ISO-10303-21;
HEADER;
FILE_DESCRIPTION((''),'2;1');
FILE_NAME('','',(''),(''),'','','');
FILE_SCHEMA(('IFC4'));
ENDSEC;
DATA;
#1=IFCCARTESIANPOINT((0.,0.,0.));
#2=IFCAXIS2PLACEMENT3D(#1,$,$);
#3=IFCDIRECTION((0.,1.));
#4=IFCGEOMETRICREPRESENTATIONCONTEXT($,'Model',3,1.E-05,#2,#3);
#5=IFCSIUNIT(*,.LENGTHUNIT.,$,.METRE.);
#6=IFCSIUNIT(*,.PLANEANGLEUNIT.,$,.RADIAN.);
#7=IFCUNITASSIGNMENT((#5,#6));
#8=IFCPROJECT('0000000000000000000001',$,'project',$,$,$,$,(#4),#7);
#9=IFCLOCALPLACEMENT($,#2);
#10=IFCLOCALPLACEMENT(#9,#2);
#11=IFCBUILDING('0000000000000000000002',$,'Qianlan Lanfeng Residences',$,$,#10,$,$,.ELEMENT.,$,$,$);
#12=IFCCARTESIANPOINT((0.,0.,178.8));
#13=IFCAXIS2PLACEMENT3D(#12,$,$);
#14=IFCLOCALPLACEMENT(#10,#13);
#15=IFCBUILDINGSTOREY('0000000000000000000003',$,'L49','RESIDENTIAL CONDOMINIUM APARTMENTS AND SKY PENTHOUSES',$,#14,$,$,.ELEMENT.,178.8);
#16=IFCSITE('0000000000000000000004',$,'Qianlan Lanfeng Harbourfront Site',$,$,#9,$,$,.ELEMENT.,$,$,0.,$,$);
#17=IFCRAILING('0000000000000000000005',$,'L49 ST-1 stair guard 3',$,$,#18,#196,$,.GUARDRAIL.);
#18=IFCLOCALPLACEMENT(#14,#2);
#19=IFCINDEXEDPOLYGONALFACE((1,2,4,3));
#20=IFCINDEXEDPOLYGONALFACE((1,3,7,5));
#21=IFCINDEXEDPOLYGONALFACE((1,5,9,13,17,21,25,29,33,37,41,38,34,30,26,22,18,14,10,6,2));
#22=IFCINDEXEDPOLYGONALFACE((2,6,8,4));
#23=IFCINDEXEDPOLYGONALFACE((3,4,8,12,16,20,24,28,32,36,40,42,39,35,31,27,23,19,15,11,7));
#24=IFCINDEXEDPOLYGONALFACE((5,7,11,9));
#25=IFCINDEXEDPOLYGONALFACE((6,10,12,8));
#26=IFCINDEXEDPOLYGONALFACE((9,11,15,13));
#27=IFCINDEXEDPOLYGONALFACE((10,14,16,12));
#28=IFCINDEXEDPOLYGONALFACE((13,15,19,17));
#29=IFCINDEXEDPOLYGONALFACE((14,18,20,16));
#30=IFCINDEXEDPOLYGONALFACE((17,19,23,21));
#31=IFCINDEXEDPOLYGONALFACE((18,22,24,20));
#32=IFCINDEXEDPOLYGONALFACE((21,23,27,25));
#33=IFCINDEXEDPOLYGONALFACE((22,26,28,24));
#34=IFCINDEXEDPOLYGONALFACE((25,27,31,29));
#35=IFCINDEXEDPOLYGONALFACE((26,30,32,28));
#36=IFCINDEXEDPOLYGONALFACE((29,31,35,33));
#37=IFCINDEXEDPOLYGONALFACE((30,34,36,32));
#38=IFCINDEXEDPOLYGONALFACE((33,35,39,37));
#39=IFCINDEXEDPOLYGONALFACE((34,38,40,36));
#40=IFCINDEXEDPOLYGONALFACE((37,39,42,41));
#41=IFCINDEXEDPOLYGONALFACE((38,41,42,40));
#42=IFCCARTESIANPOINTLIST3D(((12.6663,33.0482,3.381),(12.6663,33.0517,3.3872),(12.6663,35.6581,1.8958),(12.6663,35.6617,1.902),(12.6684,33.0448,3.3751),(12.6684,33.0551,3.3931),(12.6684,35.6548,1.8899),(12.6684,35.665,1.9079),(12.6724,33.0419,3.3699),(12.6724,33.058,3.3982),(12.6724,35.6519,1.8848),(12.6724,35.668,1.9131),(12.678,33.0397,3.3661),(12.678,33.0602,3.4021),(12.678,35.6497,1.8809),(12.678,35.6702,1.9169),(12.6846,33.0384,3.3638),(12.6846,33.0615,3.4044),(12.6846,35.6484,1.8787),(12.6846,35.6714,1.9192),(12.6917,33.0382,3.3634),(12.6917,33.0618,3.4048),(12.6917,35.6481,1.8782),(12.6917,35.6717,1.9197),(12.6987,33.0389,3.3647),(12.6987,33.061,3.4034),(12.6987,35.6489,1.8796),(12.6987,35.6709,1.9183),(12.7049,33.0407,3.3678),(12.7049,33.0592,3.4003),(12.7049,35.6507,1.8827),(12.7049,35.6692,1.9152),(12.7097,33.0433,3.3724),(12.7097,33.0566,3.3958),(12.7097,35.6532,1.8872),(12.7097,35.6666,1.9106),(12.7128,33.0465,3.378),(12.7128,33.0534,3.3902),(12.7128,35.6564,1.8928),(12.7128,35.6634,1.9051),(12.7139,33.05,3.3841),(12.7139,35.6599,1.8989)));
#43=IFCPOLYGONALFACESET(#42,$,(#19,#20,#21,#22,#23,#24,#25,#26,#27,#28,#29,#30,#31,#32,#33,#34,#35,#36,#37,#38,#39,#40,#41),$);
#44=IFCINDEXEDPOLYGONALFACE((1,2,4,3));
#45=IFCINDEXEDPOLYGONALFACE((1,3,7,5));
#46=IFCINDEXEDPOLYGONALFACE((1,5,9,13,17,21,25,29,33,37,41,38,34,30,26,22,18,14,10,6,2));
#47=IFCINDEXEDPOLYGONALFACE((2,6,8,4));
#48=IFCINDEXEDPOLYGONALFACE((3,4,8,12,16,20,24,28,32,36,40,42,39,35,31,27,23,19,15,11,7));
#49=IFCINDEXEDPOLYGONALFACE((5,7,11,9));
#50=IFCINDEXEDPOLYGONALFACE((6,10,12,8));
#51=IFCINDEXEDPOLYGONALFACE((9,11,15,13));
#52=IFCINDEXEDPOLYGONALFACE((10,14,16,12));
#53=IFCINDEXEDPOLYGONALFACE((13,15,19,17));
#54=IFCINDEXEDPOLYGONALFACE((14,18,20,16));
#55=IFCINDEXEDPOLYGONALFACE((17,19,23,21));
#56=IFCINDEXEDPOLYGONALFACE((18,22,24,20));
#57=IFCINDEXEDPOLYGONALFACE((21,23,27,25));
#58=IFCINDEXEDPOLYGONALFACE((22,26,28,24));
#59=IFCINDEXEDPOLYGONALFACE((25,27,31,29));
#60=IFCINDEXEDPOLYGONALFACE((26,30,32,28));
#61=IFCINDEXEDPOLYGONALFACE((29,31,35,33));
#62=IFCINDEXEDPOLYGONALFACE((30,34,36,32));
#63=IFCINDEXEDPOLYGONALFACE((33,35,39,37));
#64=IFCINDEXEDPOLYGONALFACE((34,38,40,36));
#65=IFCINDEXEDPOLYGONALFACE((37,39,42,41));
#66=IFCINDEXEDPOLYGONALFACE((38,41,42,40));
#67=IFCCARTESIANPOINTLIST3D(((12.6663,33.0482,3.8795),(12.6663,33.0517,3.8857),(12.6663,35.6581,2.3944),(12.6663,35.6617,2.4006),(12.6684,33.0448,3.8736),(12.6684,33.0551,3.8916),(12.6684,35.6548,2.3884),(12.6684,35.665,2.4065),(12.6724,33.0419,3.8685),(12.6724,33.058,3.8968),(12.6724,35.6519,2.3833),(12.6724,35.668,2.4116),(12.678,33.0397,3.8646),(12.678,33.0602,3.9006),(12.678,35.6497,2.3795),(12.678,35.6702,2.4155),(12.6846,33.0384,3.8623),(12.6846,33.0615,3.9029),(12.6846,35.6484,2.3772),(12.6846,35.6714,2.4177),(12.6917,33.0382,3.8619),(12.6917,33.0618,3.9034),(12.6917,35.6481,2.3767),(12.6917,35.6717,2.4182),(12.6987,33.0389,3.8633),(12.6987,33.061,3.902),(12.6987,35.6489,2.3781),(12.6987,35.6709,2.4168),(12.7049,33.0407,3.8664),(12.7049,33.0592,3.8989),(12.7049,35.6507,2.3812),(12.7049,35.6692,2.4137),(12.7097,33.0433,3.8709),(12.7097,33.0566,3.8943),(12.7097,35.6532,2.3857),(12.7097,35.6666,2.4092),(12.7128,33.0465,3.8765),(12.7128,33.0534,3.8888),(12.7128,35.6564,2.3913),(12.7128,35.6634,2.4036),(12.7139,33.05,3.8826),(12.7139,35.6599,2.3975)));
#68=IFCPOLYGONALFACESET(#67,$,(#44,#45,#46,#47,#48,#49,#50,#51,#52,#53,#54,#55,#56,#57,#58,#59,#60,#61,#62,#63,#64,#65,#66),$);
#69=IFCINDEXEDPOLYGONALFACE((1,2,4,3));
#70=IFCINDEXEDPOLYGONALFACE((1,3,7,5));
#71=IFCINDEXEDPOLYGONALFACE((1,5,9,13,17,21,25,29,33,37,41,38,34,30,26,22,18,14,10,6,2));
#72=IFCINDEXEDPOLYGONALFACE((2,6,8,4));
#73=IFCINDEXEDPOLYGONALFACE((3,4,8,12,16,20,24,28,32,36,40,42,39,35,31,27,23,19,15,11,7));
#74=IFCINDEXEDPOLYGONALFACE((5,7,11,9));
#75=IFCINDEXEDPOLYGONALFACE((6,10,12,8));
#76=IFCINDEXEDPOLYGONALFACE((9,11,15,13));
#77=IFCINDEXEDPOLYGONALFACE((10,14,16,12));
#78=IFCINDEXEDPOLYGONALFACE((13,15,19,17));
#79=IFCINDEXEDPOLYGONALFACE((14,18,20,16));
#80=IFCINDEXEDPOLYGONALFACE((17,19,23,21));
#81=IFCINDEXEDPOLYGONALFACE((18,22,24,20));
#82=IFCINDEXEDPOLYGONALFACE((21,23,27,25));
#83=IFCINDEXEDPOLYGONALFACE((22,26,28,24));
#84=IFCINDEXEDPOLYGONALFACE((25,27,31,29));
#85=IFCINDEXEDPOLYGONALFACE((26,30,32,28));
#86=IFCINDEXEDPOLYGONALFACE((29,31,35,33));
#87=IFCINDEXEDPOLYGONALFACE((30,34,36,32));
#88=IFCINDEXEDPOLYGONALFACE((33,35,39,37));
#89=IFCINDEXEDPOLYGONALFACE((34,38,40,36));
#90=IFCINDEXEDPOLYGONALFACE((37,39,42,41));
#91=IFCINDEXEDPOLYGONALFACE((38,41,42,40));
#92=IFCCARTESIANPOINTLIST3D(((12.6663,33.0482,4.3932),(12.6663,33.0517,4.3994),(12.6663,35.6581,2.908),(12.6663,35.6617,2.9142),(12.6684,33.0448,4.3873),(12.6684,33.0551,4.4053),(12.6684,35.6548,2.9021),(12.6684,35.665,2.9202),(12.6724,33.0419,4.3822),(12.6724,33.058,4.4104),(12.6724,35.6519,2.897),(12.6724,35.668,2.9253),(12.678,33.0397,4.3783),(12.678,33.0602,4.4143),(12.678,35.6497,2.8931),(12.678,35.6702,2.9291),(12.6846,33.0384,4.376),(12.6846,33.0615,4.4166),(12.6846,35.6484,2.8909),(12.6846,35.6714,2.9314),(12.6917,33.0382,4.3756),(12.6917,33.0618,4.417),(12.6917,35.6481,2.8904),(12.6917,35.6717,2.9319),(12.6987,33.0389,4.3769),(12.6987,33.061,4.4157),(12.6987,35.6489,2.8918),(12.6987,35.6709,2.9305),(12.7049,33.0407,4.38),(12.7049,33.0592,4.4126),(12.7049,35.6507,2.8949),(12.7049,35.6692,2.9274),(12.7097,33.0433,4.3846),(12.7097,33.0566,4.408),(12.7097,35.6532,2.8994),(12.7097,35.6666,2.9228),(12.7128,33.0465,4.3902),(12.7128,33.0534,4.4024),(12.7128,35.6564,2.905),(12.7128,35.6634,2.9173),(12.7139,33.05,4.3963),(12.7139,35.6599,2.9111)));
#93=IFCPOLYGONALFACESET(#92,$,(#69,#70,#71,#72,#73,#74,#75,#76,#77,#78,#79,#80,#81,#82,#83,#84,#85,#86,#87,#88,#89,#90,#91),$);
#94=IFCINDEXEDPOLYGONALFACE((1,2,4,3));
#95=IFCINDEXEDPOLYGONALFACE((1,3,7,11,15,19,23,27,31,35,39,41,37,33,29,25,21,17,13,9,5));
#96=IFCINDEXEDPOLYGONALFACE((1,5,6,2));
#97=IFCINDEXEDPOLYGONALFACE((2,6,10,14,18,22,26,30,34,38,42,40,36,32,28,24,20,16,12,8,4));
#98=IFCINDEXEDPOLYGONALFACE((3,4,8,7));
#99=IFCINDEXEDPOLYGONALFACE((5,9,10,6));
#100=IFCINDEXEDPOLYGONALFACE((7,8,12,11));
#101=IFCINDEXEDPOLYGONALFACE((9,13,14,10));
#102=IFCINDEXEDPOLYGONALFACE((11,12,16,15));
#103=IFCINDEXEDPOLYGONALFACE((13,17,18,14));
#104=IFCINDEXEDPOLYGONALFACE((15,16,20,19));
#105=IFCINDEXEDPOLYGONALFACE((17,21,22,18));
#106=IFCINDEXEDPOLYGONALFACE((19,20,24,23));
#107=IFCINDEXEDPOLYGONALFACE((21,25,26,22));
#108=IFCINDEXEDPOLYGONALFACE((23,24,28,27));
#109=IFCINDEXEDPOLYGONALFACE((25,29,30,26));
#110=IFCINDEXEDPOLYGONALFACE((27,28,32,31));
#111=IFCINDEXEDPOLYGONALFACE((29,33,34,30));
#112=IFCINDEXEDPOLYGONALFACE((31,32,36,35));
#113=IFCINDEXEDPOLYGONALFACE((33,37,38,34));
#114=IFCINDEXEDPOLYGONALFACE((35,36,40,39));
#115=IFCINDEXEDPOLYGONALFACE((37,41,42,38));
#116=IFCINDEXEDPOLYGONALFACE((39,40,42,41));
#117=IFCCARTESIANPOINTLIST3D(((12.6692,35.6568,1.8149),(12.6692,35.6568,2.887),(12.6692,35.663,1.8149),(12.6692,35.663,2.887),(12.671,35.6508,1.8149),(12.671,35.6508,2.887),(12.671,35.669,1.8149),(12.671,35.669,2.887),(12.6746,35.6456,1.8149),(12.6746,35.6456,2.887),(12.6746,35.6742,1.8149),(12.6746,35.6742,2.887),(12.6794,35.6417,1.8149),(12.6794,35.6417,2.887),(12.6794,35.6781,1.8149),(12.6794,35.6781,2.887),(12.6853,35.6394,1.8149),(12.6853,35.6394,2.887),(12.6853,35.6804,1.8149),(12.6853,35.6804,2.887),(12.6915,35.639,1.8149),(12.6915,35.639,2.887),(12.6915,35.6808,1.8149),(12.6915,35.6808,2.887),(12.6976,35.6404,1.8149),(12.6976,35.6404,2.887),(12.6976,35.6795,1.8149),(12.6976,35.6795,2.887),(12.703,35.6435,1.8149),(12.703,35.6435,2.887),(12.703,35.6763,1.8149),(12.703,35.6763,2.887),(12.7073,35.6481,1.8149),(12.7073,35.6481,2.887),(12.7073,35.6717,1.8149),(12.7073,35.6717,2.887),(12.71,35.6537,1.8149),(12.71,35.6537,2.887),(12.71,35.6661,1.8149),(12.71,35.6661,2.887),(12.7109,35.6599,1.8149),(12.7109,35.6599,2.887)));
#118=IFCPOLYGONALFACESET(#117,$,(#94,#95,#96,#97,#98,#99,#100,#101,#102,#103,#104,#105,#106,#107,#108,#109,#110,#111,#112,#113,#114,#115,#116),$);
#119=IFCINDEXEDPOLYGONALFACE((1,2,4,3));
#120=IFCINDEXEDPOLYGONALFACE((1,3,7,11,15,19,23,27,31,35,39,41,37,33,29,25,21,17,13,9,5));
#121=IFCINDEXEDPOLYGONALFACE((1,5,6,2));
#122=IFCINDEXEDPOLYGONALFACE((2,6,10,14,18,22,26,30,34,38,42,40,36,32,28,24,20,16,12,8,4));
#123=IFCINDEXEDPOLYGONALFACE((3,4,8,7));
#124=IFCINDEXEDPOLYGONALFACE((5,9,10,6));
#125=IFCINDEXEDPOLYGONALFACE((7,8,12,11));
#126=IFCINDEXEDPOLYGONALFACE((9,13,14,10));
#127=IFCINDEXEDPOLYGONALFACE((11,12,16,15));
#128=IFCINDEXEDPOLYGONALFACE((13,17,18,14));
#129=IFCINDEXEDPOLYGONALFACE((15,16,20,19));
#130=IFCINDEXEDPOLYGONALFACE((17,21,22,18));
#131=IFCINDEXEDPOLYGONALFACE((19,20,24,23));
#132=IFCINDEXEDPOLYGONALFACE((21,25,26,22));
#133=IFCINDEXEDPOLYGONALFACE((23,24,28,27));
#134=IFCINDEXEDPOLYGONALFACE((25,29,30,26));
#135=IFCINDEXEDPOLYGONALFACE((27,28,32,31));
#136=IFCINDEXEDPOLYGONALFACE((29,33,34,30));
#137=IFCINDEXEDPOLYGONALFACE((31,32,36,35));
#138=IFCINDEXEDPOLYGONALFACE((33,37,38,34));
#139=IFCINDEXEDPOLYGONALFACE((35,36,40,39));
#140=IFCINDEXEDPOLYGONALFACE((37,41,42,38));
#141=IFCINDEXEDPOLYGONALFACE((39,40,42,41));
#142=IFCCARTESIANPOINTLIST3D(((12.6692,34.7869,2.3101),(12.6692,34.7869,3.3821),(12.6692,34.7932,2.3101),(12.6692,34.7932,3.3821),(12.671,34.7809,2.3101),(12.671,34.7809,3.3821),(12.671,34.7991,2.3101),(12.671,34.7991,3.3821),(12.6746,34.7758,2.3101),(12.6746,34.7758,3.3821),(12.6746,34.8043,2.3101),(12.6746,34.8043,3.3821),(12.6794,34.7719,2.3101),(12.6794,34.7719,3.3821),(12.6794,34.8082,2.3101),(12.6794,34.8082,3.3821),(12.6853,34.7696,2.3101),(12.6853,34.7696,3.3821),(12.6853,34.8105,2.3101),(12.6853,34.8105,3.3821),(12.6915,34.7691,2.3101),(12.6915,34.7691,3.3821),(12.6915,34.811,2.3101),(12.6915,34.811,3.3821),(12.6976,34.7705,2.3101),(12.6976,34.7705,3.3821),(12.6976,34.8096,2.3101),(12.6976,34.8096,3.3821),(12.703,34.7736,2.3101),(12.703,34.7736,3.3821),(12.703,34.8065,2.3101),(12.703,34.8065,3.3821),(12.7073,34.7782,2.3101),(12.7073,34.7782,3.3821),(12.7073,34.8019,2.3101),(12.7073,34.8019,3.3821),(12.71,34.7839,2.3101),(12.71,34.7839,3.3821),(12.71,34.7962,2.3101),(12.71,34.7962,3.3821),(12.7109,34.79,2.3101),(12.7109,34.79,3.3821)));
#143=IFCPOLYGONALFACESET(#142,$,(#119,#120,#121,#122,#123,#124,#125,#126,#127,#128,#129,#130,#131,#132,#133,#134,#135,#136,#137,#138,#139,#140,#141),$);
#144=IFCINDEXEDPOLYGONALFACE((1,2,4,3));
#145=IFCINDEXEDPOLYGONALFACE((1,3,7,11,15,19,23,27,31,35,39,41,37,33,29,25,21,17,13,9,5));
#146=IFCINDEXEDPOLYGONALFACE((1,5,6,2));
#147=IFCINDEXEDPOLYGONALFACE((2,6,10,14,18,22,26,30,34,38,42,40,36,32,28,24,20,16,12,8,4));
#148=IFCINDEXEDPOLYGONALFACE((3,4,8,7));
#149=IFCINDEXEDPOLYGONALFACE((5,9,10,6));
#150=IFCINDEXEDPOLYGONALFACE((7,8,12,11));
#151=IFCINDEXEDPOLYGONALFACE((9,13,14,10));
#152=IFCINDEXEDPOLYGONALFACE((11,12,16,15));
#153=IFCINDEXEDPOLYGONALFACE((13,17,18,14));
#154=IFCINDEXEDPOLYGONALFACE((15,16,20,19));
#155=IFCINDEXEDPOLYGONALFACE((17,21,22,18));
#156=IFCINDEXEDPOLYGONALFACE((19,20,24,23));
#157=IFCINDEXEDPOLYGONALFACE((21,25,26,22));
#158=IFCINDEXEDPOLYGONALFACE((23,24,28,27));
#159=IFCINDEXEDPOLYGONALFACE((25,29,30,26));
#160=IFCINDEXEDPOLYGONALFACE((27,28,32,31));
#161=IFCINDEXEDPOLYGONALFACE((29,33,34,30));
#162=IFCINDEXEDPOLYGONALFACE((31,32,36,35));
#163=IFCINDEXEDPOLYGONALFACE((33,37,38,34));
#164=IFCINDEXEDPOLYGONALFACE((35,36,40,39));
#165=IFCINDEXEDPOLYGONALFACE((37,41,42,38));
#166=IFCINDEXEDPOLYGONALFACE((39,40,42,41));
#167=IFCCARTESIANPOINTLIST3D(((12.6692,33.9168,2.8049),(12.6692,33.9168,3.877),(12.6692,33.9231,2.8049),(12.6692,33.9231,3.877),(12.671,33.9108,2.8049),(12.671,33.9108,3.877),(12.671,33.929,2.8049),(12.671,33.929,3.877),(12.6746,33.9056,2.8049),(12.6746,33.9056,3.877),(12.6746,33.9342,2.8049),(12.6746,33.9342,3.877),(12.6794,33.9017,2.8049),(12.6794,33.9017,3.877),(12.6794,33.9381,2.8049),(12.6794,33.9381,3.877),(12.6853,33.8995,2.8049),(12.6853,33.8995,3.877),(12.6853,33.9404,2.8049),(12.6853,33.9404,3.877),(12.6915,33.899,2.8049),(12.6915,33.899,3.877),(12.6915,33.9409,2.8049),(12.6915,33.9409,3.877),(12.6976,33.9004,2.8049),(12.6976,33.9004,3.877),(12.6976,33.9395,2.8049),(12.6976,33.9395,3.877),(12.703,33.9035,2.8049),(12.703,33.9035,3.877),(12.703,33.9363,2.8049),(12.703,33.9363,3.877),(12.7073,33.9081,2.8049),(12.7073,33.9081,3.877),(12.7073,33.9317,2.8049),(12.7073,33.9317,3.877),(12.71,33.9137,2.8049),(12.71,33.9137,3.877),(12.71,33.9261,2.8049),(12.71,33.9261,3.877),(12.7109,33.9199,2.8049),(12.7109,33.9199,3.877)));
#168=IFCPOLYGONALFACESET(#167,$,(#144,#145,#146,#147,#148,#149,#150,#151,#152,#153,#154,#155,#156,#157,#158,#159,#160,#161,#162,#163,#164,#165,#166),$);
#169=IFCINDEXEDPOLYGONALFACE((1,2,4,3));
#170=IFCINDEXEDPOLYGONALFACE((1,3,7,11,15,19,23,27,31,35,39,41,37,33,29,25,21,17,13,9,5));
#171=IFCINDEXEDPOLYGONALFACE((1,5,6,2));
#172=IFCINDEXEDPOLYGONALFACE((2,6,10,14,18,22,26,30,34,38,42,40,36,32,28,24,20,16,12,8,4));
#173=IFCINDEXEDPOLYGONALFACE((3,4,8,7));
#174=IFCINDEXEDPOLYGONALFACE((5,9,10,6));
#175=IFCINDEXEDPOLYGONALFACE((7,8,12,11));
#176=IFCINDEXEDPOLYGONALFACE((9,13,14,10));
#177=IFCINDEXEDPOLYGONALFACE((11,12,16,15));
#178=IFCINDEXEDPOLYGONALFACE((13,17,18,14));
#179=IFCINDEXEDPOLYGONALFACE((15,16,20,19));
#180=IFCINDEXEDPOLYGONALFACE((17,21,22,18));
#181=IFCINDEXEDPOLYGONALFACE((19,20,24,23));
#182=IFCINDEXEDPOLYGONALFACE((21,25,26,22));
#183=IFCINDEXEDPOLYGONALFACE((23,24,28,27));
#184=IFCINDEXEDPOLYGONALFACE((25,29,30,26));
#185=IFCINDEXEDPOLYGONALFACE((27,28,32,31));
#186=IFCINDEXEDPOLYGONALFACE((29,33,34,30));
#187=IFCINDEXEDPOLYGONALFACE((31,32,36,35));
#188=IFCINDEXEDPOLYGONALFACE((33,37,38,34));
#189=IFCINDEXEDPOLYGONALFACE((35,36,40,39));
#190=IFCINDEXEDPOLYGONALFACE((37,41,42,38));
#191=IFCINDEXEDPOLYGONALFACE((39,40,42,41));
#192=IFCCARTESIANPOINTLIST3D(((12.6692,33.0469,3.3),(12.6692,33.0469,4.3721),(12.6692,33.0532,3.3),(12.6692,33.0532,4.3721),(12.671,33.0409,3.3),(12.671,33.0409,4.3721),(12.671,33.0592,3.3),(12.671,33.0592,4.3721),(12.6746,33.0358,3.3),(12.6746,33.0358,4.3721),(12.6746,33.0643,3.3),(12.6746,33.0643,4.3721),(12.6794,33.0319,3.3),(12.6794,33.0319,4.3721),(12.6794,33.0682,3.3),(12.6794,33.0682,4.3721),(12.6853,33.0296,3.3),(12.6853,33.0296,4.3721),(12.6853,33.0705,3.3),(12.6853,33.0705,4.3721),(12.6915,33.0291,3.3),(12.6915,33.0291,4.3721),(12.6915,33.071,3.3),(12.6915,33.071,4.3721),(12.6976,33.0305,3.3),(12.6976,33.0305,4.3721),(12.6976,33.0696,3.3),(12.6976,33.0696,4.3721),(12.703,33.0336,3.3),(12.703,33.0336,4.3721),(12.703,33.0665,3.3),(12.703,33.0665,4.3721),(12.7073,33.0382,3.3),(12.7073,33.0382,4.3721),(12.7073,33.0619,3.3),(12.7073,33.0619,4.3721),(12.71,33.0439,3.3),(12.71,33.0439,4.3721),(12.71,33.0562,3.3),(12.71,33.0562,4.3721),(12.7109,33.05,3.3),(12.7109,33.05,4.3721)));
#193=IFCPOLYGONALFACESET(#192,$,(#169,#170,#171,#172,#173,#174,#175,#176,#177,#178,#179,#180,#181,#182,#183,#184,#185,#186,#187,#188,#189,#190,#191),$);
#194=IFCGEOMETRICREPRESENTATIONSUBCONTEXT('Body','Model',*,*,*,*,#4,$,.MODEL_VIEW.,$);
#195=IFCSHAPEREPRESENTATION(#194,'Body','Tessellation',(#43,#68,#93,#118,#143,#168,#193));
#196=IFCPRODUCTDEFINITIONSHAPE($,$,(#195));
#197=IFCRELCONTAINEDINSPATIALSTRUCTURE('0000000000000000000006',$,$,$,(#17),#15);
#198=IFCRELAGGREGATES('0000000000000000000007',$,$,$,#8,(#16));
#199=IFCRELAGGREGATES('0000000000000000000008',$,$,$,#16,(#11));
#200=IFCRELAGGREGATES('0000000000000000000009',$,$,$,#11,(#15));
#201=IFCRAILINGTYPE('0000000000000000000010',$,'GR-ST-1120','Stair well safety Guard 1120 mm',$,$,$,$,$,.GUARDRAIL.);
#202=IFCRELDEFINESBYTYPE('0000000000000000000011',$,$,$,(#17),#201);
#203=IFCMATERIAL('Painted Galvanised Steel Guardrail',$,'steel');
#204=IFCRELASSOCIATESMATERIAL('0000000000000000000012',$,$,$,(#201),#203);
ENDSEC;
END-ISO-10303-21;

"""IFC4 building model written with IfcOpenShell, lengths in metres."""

from ifc_helpers import new_model, si_unit, direction, frame, origin, origin_2d, place, context, subcontext, project, spatial, circle, extrude, material, type_object, element, save


model = new_model("IFC4")

# Units and contexts
model_context = context("Model", 3, precision=1e-05, world=origin(), true_north=direction((0.0, 1.0)))
body_context = subcontext(model_context, "Body", "Model", "MODEL_VIEW")
ifc_project = project(units=[si_unit("LENGTHUNIT", "METRE"), si_unit("PLANEANGLEUNIT", "RADIAN")], contexts=[model_context])

# Site, building, storey
site_placement = place(None, origin())
site = spatial("IfcSite", under=ifc_project, at=site_placement, Name="Qianlan Lanfeng Harbourfront Site", CompositionType="ELEMENT", RefElevation=0.0)
building_placement = place(site_placement, origin())
building = spatial("IfcBuilding", under=site, at=building_placement, Name="Qianlan Lanfeng Residences", CompositionType="ELEMENT")
storey_placement = place(building_placement, frame((0.0, 0.0, 178.8)))
storey = spatial("IfcBuildingStorey", under=building, at=storey_placement, Name="L49", Description="RESIDENTIAL CONDOMINIUM APARTMENTS AND SKY PENTHOUSES", CompositionType="ELEMENT", Elevation=178.8)

# Railing
ifc_material_1 = material(Name="Painted Galvanised Steel Guardrail", Category="steel")
railing_type_1 = type_object("IfcRailingType", Name="GR-ST-1120", Description="Stair well safety Guard 1120 mm", PredefinedType="GUARDRAIL", material=ifc_material_1)
railing_1_placement = place(storey_placement, frame((12.6899, 35.6599, 1.8149)))
element("IfcRailing", 1, at=railing_1_placement, inside=storey, type_object=railing_type_1, Name="L49 ST-1 stair guard 3", PredefinedType="GUARDRAIL", context=body_context, shape_type="SweptSolid", body=[
    extrude(circle(Radius=0.0239, at=origin_2d()), frame((0.0, 0.0, 0.084), z_axis=(0.0, -0.869137, 0.494571), x_axis=(1.0, 0.0, 0.0)), (0.0, 0.0, 1.0), 3.0029),
    extrude(circle(Radius=0.0239, at=origin_2d()), frame((0.0, 0.0, 0.5825), z_axis=(0.0, -0.869137, 0.494571), x_axis=(1.0, 0.0, 0.0)), (0.0, 0.0, 1.0), 3.0029),
    extrude(circle(Radius=0.0239, at=origin_2d()), frame((0.0, 0.0, 1.0962), z_axis=(0.0, -0.869137, 0.494571), x_axis=(1.0, 0.0, 0.0)), (0.0, 0.0, 1.0), 3.0029),
    extrude(circle(Radius=0.021, at=origin_2d()), origin(), (0.0, 0.0, 1.0), 1.072),
    extrude(circle(Radius=0.021, at=origin_2d()), frame((0.0, -0.8699, 0.4951)), (0.0, 0.0, 1.0), 1.072),
    extrude(circle(Radius=0.021, at=origin_2d()), frame((0.0, -1.74, 0.99)), (0.0, 0.0, 1.0), 1.072),
    extrude(circle(Radius=0.021, at=origin_2d()), frame((0.0, -2.6099, 1.4851)), (0.0, 0.0, 1.0), 1.072),
])

save(model, "model.ifc")
